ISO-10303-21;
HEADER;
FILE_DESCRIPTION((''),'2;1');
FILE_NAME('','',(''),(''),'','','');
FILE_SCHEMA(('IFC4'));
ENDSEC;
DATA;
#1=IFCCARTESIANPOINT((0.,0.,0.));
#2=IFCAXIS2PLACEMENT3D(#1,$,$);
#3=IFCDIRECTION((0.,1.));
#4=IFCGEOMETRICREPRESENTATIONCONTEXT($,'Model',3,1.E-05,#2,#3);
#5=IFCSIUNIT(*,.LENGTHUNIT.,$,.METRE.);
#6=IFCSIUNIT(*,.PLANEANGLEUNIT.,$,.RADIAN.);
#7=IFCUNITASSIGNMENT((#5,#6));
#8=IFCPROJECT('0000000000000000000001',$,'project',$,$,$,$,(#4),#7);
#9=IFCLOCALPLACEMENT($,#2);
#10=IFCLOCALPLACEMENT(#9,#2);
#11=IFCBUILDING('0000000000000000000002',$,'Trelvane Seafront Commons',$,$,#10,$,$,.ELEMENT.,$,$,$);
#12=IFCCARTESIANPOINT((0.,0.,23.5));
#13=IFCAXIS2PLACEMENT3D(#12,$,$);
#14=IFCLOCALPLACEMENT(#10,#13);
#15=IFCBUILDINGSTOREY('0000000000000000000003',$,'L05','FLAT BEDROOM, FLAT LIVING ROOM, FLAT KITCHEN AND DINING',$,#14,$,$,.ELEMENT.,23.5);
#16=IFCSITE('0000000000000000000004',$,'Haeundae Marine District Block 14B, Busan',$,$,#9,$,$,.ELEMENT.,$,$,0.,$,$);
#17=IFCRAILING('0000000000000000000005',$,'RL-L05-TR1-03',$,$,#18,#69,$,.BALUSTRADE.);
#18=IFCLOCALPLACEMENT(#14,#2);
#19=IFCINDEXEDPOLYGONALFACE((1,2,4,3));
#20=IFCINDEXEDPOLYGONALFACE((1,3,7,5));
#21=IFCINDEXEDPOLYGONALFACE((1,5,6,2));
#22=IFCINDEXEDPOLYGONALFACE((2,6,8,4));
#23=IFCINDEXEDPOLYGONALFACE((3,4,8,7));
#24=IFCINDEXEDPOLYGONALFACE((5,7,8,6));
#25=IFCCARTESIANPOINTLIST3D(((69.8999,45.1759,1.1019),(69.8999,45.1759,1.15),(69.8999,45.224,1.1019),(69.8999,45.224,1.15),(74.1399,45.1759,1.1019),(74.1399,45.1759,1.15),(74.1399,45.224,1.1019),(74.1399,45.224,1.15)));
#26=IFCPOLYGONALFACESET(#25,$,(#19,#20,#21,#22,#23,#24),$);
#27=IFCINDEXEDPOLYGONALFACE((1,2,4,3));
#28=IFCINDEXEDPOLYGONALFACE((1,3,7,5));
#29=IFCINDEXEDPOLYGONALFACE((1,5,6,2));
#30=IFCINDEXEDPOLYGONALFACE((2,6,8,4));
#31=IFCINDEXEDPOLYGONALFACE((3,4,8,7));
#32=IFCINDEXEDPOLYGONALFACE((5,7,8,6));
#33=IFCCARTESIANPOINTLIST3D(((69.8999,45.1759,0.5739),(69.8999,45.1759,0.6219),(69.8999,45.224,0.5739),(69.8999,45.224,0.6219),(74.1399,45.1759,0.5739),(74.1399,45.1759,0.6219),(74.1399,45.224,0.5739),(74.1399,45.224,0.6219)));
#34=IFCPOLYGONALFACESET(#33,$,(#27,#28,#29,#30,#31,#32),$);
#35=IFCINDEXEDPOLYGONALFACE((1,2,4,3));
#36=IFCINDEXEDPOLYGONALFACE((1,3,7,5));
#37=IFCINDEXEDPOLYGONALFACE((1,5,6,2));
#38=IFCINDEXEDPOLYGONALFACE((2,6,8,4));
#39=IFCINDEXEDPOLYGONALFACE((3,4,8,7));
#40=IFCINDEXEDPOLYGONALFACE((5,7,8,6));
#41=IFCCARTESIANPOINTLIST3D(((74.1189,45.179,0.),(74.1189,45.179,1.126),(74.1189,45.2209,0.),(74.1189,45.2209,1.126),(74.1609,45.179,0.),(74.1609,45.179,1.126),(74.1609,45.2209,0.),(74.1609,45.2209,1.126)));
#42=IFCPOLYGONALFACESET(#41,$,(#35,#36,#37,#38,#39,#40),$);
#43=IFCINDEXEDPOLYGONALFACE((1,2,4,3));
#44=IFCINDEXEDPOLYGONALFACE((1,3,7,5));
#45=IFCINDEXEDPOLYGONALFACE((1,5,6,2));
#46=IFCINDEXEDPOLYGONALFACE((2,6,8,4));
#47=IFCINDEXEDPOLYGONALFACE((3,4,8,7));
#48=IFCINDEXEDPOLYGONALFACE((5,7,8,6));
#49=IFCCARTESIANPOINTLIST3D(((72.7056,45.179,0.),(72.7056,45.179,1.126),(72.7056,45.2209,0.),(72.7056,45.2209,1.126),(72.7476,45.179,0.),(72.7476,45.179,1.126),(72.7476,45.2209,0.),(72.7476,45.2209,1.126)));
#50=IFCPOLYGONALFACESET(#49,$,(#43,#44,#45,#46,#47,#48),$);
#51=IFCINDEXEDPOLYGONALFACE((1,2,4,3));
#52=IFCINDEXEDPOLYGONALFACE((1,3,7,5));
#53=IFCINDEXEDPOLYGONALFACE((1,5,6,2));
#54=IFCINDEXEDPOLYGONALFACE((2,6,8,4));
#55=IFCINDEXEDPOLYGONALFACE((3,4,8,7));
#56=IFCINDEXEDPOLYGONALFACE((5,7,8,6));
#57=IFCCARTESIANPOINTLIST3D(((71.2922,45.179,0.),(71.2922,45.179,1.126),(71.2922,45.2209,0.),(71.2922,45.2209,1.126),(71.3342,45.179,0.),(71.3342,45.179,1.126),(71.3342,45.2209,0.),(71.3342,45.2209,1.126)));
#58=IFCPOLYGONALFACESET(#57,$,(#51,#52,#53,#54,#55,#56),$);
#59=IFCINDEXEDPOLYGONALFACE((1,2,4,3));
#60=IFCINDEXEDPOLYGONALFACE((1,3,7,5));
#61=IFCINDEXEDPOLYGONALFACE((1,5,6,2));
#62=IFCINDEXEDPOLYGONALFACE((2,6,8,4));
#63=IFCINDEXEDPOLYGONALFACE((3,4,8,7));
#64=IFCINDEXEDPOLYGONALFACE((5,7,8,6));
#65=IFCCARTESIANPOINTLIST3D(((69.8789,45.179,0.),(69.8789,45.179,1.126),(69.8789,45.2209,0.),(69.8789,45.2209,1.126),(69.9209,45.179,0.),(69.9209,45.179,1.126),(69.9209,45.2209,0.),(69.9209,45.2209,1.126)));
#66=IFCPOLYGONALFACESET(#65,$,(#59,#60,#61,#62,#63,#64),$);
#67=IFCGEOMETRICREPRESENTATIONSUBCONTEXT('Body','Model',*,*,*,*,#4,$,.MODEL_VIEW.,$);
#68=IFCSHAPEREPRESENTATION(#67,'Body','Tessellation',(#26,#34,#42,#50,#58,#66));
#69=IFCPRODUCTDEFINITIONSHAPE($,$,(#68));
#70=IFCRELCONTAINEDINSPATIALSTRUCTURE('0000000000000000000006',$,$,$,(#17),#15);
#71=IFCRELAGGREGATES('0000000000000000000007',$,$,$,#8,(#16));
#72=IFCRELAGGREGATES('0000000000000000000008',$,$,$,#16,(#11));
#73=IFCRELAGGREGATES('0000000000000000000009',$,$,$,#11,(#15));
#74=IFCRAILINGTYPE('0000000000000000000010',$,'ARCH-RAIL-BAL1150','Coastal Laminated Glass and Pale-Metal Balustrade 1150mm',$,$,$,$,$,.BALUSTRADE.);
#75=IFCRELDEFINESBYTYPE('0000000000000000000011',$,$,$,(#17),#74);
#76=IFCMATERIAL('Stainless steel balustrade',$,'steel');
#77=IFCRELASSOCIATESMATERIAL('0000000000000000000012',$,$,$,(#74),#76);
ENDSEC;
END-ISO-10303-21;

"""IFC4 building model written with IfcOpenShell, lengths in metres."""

from ifc_helpers import new_model, si_unit, direction, frame, origin, origin_2d, place, context, subcontext, project, spatial, rectangle, extrude, material, type_object, element, save


model = new_model("IFC4")

# Units and contexts
model_context = context("Model", 3, precision=1e-05, world=origin(), true_north=direction((0.0, 1.0)))
body_context = subcontext(model_context, "Body", "Model", "MODEL_VIEW")
ifc_project = project(units=[si_unit("LENGTHUNIT", "METRE"), si_unit("PLANEANGLEUNIT", "RADIAN")], contexts=[model_context])

# Site, building, storey
site_placement = place(None, origin())
site = spatial("IfcSite", under=ifc_project, at=site_placement, Name="Haeundae Marine District Block 14B, Busan", CompositionType="ELEMENT", RefElevation=0.0)
building_placement = place(site_placement, origin())
building = spatial("IfcBuilding", under=site, at=building_placement, Name="Trelvane Seafront Commons", CompositionType="ELEMENT")
storey_placement = place(building_placement, frame((0.0, 0.0, 23.5)))
storey = spatial("IfcBuildingStorey", under=building, at=storey_placement, Name="L05", Description="FLAT BEDROOM, FLAT LIVING ROOM, FLAT KITCHEN AND DINING", CompositionType="ELEMENT", Elevation=23.5)

# Railing
ifc_material_1 = material(Name="Stainless steel balustrade", Category="steel")
railing_type = type_object("IfcRailingType", Name="ARCH-RAIL-BAL1150", Description="Coastal Laminated Glass and Pale-Metal Balustrade 1150mm", PredefinedType="BALUSTRADE", material=ifc_material_1)
railing_placement = place(storey_placement, frame((74.1399, 45.2, 0.0)))
element("IfcRailing", 1, at=railing_placement, inside=storey, type_object=railing_type, Name="RL-L05-TR1-03", PredefinedType="BALUSTRADE", context=body_context, shape_type="SweptSolid", body=[
    extrude(rectangle(XDim=0.0481, YDim=0.0481, at=origin_2d()), frame((0.0, 0.0, 1.126), z_axis=(-1.0, 0.0, 0.0), x_axis=(0.0, -1.0, 0.0)), (0.0, 0.0, 1.0), 4.24),
    extrude(rectangle(XDim=0.0481, YDim=0.0481, at=origin_2d()), frame((0.0, 0.0, 0.5979), z_axis=(-1.0, 0.0, 0.0), x_axis=(0.0, -1.0, 0.0)), (0.0, 0.0, 1.0), 4.24),
    extrude(rectangle(XDim=0.042, YDim=0.042, at=origin_2d()), origin(), (0.0, 0.0, 1.0), 1.126),
    extrude(rectangle(XDim=0.042, YDim=0.042, at=origin_2d()), frame((-1.4133, 0.0, 0.0)), (0.0, 0.0, 1.0), 1.126),
    extrude(rectangle(XDim=0.042, YDim=0.042, at=origin_2d()), frame((-2.8267, 0.0, 0.0)), (0.0, 0.0, 1.0), 1.126),
    extrude(rectangle(XDim=0.042, YDim=0.042, at=origin_2d()), frame((-4.24, 0.0, 0.0)), (0.0, 0.0, 1.0), 1.126),
])

save(model, "model.ifc")
